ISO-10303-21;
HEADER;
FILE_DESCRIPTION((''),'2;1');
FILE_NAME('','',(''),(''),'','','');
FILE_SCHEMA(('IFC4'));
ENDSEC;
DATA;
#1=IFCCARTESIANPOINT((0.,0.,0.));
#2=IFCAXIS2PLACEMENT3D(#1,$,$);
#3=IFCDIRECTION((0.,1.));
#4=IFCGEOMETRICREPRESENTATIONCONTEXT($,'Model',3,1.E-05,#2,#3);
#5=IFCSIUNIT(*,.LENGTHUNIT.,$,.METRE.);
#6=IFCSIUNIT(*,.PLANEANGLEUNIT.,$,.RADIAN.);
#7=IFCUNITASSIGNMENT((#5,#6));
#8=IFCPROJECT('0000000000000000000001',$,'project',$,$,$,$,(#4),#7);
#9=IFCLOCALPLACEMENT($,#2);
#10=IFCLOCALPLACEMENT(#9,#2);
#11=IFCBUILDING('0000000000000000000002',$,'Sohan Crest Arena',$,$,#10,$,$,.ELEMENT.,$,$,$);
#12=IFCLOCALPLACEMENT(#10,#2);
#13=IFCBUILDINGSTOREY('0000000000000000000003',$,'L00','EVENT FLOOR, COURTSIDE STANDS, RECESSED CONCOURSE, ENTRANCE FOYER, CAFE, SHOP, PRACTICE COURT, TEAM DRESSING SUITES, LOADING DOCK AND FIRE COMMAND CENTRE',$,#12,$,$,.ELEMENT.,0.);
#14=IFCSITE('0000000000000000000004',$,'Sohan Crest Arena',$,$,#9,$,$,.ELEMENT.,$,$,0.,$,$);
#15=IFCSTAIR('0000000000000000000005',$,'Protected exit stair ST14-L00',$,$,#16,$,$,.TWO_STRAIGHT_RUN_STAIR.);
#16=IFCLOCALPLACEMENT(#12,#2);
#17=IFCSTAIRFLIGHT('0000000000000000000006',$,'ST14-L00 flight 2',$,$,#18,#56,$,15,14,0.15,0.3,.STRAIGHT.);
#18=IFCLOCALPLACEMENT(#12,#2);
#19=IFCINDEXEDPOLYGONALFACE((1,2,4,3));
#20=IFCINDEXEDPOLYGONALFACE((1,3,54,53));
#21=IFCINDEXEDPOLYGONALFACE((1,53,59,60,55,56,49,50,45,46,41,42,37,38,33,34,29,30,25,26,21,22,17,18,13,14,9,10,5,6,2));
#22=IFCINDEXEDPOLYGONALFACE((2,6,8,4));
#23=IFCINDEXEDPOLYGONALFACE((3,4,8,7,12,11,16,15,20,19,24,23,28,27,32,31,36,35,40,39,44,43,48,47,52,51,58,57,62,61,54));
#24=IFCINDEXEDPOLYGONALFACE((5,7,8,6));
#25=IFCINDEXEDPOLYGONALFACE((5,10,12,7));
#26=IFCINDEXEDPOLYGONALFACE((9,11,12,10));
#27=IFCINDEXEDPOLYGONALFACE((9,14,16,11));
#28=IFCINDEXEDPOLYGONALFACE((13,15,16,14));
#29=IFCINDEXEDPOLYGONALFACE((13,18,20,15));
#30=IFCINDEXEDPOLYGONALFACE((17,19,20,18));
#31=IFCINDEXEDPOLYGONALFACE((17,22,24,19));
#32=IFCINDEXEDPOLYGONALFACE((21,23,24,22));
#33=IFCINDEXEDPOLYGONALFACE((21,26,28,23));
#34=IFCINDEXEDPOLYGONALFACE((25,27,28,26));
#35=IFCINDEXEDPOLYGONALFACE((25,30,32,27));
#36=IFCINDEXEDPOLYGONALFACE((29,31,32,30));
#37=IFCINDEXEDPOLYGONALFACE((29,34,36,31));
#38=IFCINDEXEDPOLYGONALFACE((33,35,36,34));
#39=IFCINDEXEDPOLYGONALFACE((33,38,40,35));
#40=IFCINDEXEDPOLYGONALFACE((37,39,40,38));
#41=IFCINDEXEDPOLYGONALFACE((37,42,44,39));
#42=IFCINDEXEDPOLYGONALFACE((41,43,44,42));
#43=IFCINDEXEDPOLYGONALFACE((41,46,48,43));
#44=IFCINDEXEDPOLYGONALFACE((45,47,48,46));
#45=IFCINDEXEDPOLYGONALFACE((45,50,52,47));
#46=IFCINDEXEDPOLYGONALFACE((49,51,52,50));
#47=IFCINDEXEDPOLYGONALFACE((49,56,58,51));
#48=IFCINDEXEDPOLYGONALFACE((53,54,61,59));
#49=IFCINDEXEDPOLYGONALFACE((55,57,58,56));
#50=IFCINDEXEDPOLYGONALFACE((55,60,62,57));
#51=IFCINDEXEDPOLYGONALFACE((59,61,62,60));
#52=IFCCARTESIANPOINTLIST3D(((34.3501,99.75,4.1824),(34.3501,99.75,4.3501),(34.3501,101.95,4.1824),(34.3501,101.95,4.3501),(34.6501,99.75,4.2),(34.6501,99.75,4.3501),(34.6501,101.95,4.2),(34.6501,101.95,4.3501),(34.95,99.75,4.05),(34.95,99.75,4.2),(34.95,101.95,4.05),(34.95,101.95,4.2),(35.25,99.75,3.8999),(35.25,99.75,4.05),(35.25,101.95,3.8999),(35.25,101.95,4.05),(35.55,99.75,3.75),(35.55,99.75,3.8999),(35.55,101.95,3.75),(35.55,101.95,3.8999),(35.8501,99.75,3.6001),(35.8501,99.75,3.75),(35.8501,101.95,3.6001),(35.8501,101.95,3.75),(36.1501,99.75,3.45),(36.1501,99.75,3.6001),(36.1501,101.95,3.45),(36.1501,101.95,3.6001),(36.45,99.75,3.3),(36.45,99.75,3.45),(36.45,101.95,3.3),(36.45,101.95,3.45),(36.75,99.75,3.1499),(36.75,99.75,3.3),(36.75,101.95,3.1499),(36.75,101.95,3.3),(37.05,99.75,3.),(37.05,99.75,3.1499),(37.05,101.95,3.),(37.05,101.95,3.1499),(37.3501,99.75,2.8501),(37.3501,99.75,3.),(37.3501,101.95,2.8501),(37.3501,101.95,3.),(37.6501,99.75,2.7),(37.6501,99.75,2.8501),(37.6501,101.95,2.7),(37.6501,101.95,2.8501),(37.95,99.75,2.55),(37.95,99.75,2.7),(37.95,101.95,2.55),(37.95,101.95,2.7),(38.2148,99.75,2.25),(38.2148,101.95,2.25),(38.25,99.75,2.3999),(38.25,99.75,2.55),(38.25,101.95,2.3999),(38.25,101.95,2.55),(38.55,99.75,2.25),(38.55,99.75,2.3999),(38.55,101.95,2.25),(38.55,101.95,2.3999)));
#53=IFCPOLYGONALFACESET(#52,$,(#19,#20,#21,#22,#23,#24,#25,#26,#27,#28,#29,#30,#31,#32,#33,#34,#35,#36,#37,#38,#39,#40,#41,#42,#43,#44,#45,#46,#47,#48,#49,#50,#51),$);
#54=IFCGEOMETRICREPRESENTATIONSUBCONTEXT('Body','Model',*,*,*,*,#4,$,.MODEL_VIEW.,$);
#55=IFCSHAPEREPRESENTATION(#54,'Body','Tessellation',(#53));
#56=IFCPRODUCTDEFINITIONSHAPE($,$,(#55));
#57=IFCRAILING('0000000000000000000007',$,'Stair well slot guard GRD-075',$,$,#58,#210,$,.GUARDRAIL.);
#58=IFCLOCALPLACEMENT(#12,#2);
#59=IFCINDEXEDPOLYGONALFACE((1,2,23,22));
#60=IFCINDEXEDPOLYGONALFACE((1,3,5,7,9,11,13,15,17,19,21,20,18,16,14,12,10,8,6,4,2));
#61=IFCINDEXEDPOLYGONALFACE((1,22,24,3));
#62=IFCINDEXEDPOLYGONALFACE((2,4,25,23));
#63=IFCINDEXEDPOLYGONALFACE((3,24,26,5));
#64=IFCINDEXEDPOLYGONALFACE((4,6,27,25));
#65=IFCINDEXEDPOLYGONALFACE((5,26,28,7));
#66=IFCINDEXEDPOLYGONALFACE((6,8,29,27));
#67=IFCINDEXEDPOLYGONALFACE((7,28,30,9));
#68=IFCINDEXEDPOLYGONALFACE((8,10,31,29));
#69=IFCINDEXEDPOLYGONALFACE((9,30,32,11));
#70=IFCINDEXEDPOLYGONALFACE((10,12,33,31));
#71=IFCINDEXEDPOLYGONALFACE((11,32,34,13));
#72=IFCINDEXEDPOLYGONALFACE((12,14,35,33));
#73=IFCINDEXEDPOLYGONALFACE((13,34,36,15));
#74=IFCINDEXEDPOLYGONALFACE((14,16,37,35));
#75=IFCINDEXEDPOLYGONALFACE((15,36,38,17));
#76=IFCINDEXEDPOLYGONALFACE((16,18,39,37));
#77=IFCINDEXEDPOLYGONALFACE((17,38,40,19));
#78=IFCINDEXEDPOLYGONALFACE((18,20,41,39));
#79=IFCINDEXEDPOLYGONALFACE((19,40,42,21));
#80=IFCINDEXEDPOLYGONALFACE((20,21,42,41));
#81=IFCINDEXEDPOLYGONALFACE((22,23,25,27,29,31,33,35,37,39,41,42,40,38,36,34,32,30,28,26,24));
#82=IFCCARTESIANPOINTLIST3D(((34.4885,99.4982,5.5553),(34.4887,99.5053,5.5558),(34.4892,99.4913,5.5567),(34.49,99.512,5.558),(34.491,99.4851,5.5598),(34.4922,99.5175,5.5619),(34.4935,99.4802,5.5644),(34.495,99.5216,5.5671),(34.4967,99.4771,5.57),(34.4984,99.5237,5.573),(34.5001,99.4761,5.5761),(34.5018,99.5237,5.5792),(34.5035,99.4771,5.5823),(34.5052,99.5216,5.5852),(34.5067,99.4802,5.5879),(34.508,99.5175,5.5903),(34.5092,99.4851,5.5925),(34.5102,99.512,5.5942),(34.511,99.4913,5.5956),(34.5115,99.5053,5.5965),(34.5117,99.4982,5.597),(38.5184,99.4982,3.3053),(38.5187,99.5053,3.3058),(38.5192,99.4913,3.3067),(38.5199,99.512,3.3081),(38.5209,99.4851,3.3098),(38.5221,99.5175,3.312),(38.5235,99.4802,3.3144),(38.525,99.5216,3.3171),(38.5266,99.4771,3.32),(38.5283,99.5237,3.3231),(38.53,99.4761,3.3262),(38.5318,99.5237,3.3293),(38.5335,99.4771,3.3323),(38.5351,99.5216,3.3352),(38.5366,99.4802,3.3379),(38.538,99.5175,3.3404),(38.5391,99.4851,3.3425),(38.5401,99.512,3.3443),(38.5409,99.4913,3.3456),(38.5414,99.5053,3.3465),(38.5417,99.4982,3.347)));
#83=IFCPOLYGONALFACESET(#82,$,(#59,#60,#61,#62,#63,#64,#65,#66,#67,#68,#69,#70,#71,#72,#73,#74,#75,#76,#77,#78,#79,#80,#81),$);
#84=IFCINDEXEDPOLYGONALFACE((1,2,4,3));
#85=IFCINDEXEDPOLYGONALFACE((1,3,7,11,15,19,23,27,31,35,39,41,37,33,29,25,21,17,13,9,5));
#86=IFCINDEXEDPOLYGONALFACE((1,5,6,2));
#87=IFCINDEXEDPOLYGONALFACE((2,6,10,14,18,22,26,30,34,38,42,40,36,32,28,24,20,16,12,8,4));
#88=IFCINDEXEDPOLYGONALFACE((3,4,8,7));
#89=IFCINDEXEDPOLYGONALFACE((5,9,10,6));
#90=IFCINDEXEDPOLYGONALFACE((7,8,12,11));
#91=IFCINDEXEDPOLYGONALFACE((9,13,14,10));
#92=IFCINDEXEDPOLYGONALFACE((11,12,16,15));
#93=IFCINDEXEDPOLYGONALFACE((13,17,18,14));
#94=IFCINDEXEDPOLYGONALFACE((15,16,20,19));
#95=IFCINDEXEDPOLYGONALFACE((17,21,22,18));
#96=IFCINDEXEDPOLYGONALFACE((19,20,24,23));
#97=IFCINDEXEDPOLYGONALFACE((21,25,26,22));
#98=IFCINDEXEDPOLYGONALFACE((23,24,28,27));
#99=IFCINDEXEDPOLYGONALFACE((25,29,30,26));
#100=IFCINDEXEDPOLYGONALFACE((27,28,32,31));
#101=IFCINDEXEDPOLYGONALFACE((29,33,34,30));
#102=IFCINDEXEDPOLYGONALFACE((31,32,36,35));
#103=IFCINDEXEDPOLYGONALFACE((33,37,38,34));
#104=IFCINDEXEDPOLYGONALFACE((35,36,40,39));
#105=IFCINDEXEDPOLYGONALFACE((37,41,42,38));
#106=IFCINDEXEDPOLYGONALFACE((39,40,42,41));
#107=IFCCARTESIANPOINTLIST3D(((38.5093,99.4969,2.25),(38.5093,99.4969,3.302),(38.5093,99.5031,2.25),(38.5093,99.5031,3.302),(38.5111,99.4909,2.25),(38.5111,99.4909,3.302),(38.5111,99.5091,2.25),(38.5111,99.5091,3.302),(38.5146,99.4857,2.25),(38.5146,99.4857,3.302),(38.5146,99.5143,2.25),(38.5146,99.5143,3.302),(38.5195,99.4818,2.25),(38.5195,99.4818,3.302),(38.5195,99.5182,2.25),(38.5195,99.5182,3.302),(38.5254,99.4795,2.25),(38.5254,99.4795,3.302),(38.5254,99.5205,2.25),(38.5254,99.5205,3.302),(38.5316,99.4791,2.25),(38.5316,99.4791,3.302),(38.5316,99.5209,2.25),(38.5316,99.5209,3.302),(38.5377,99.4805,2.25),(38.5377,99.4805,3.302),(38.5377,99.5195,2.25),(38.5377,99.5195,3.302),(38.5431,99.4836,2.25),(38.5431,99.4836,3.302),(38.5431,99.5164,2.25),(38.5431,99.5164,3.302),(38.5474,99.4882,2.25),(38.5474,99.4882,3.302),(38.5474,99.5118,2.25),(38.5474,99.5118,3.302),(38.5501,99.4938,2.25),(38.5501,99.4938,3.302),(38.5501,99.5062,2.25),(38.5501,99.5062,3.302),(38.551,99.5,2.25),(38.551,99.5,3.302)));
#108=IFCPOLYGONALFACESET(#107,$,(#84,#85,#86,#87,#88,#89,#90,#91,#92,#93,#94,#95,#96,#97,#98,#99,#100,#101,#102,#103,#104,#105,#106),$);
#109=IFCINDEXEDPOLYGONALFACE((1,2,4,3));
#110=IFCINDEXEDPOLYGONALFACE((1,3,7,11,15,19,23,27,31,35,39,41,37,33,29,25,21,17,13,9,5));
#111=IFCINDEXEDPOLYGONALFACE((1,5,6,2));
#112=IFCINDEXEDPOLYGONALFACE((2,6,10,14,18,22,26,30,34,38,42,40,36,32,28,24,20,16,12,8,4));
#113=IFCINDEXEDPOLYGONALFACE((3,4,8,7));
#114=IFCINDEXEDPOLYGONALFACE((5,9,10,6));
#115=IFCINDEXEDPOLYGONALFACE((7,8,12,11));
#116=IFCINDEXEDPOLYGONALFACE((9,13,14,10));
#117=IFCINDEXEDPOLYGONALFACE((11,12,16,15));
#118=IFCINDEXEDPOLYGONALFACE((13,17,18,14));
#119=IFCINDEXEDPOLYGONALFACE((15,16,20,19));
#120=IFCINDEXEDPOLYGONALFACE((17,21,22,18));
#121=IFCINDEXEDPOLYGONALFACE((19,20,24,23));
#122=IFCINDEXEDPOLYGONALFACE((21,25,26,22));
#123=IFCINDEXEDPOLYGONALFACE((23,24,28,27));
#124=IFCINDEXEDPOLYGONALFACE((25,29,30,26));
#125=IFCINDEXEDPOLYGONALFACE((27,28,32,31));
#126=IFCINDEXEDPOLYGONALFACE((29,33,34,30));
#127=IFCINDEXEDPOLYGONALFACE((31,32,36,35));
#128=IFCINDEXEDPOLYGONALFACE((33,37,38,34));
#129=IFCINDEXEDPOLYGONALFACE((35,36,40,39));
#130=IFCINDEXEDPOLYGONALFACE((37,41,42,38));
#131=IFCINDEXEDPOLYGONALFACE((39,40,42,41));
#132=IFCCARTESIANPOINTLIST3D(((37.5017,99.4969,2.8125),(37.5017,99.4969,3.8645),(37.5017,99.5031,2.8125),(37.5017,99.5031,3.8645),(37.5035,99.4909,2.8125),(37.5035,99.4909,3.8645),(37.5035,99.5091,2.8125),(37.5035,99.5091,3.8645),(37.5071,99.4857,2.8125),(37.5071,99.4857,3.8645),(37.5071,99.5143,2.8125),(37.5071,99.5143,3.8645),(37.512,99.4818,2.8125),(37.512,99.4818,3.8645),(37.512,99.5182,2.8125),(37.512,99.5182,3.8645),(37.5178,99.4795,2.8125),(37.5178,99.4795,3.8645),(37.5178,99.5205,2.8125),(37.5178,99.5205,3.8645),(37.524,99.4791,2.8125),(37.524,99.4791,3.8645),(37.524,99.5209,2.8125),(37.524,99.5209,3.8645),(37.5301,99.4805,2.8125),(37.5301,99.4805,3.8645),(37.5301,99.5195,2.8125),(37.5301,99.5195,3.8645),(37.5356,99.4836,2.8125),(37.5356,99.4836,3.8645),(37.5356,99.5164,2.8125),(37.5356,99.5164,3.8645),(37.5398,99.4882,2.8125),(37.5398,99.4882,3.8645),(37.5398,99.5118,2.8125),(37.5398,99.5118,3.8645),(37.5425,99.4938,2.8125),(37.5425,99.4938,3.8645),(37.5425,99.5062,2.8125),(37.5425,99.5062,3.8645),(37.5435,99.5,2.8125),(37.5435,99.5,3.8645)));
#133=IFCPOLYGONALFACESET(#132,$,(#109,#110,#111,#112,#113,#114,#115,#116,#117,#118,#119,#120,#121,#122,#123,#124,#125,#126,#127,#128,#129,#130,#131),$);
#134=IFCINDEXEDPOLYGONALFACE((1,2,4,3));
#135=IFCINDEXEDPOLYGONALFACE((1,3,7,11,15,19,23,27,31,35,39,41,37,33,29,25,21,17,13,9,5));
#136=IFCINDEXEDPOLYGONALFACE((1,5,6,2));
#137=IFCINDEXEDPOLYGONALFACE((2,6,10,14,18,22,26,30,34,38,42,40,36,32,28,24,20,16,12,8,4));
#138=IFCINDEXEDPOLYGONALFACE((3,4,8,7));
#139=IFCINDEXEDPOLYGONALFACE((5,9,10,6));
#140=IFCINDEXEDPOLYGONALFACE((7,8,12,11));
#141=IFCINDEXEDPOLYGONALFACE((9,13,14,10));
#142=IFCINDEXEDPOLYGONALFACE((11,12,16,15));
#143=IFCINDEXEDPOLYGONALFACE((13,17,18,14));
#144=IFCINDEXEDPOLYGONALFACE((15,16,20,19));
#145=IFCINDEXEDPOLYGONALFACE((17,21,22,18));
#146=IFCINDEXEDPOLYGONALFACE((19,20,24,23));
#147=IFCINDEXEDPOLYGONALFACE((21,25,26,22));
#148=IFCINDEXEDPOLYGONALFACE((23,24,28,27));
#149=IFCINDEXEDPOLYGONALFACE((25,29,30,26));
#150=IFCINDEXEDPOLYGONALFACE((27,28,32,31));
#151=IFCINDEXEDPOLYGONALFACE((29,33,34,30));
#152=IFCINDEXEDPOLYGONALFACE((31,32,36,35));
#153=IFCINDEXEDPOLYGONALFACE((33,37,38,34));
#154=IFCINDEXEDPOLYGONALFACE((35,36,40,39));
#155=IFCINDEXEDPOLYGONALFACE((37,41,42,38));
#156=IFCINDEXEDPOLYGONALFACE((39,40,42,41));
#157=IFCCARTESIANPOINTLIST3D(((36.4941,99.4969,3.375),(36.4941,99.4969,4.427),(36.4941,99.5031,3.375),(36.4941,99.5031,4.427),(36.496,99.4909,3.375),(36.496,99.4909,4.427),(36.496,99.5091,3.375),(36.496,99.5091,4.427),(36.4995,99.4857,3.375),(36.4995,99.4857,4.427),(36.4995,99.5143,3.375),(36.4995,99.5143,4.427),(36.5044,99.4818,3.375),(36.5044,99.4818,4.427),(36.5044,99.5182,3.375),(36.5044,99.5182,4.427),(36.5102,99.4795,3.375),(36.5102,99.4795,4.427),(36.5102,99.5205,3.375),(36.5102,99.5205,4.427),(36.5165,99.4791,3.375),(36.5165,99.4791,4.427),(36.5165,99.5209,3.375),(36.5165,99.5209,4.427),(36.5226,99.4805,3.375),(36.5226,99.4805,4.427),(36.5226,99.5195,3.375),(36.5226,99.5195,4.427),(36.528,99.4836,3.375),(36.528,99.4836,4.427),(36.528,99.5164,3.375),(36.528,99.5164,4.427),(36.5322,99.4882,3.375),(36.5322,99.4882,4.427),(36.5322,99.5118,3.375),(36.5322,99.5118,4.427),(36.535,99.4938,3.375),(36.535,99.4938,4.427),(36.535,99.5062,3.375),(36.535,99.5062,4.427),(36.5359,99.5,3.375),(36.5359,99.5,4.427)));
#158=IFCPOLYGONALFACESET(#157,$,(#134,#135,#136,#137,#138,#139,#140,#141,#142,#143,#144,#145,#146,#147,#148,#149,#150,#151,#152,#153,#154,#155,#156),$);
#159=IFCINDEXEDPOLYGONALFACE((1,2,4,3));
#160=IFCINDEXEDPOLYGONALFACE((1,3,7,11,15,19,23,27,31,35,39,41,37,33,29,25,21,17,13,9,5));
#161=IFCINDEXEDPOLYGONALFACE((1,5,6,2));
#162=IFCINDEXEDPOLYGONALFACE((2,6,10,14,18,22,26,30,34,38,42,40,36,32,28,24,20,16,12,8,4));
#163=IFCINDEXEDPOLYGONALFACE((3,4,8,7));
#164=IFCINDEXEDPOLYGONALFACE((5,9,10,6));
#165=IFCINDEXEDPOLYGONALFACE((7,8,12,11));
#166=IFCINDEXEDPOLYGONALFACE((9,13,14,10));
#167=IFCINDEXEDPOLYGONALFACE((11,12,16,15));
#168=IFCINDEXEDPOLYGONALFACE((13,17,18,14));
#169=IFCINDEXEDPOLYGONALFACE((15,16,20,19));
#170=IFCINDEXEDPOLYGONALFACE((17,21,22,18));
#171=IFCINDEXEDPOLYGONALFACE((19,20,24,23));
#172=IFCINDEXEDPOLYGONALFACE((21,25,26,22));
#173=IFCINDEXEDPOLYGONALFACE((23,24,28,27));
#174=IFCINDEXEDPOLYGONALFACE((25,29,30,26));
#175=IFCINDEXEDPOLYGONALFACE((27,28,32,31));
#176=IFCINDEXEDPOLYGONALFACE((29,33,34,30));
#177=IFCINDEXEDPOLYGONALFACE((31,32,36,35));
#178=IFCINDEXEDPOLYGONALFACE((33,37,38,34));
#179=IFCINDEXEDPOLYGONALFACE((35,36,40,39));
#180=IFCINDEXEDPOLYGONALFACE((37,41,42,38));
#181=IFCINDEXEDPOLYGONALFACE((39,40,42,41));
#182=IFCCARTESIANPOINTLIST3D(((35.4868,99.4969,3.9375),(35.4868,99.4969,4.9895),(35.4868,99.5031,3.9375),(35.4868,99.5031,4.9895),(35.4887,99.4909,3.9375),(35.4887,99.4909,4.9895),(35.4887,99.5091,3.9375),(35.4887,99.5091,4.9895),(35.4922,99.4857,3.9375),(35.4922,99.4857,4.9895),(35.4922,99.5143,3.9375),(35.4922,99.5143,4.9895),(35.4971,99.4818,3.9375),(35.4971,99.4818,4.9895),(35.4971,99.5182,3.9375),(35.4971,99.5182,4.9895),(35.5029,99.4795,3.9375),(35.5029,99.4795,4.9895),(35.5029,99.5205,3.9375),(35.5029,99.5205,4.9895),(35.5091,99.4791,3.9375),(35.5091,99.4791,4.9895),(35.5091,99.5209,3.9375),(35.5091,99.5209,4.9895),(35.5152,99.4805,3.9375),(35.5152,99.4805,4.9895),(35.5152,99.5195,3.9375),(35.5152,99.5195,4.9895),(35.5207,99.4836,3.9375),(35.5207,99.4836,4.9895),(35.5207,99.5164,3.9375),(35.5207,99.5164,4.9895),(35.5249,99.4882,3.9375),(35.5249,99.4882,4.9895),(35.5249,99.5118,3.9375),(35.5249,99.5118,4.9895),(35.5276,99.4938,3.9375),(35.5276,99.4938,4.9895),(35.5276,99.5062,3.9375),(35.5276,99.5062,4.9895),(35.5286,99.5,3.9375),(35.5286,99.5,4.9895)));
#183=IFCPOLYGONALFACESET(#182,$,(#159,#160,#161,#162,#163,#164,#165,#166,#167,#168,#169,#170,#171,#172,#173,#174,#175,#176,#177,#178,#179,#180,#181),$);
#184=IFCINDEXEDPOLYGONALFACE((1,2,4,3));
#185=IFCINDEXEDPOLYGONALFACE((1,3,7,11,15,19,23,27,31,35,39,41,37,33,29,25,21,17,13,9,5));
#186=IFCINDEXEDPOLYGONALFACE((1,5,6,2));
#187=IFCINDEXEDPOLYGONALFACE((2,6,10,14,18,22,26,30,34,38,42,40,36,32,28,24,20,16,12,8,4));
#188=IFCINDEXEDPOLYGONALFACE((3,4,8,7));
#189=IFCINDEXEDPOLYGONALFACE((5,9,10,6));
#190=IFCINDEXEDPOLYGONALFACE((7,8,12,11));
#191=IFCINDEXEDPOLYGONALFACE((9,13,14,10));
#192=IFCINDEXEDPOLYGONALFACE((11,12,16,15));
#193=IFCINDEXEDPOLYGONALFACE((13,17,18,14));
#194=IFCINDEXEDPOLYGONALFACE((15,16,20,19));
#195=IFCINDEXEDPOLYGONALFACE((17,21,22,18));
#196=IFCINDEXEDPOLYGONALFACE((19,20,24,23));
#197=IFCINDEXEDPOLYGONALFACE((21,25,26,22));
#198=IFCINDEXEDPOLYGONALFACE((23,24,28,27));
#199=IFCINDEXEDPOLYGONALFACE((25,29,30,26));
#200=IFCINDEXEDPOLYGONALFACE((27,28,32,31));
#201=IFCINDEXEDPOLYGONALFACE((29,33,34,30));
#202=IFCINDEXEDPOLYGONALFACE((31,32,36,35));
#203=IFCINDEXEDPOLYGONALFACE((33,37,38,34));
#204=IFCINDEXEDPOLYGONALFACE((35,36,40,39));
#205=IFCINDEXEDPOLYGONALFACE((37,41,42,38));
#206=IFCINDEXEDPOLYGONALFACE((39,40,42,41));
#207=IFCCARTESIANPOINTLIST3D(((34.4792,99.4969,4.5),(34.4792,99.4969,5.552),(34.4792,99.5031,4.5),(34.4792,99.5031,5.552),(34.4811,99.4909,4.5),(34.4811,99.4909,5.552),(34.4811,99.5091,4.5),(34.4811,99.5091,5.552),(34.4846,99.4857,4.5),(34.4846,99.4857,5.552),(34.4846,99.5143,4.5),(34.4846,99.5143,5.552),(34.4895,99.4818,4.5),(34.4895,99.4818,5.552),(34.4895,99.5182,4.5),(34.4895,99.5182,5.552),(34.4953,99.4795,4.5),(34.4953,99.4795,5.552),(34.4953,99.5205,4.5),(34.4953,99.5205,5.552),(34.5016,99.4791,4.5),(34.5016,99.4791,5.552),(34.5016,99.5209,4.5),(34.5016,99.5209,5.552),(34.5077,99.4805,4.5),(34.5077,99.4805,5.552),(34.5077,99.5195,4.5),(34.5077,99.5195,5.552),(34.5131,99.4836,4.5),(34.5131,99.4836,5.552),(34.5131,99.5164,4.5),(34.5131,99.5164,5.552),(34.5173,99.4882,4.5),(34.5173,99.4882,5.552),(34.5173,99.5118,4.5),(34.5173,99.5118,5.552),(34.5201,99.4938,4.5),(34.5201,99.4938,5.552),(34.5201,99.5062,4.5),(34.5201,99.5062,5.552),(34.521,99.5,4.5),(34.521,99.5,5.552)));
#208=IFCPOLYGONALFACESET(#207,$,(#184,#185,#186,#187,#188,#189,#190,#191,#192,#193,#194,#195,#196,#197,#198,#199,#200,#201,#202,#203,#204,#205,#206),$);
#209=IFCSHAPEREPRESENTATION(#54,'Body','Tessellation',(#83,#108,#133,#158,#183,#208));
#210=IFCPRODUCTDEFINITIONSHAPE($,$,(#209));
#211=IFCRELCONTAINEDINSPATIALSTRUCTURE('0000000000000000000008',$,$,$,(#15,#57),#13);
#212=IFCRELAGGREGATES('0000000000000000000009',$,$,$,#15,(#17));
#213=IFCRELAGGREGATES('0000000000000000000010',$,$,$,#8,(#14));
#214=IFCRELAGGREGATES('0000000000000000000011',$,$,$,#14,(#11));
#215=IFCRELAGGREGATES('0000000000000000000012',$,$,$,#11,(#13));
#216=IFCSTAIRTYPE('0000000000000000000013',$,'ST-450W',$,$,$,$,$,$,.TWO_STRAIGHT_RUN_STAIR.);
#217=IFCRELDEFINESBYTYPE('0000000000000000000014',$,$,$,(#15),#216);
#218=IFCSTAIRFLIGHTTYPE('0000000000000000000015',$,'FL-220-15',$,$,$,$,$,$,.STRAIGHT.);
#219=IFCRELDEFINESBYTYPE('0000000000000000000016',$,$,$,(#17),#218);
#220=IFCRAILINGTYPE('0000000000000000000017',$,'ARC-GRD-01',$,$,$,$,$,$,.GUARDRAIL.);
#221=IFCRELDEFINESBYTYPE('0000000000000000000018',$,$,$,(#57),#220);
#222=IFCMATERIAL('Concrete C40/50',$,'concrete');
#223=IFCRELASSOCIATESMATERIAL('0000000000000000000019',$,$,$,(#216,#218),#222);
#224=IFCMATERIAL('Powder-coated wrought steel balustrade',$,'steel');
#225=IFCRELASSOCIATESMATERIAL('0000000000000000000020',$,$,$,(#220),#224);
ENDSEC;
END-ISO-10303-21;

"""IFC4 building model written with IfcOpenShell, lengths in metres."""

from ifc_helpers import new_model, si_unit, direction, frame, origin, origin_2d, place, context, subcontext, project, spatial, polyline, circle, outline, extrude, material, type_object, element, aggregate, save


model = new_model("IFC4")

# Units and contexts
model_context = context("Model", 3, precision=1e-05, world=origin(), true_north=direction((0.0, 1.0)))
body_context = subcontext(model_context, "Body", "Model", "MODEL_VIEW")
ifc_project = project(units=[si_unit("LENGTHUNIT", "METRE"), si_unit("PLANEANGLEUNIT", "RADIAN")], contexts=[model_context])

# Site, building, storey
site_placement = place(None, origin())
site = spatial("IfcSite", under=ifc_project, at=site_placement, Name="Sohan Crest Arena", CompositionType="ELEMENT", RefElevation=0.0)
building_placement = place(site_placement, origin())
building = spatial("IfcBuilding", under=site, at=building_placement, Name="Sohan Crest Arena", CompositionType="ELEMENT")
storey_placement = place(building_placement, origin())
storey = spatial("IfcBuildingStorey", under=building, at=storey_placement, Name="L00", Description="EVENT FLOOR, COURTSIDE STANDS, RECESSED CONCOURSE, ENTRANCE FOYER, CAFE, SHOP, PRACTICE COURT, TEAM DRESSING SUITES, LOADING DOCK AND FIRE COMMAND CENTRE", CompositionType="ELEMENT", Elevation=0.0)

# Shared definitions
ifc_material_1 = material(Name="Concrete C40/50", Category="concrete")

# Stair, stair flight
stair_type = type_object("IfcStairType", Name="ST-450W", PredefinedType="TWO_STRAIGHT_RUN_STAIR", material=ifc_material_1)
stair_placement = place(storey_placement, origin())
stair = element("IfcStair", 1, at=stair_placement, inside=storey, type_object=stair_type, Name="Protected exit stair ST14-L00", PredefinedType="TWO_STRAIGHT_RUN_STAIR")
stair_flight_type = type_object("IfcStairFlightType", Name="FL-220-15", PredefinedType="STRAIGHT", material=ifc_material_1)
stair_flight_1_placement = place(storey_placement, frame((38.55, 100.8501, 2.25), z_axis=(0.0, 0.0, 1.0), x_axis=(-1.0, 0.0, 0.0)))
stair_flight_1 = element("IfcStairFlight", 2, at=stair_flight_1_placement, type_object=stair_flight_type, Name="ST14-L00 flight 2", NumberOfRisers=15, NumberOfTreads=14, PredefinedType="STRAIGHT", RiserHeight=0.15, TreadLength=0.3, context=body_context, shape_type="SweptSolid", body=[
    extrude(outline(polyline([(0.0, 0.0), (0.0, 0.1499), (0.3, 0.1499), (0.3, 0.3), (0.6001, 0.3), (0.6001, 0.45), (0.8999, 0.45), (0.8999, 0.6001), (1.2, 0.6001), (1.2, 0.75), (1.5, 0.75), (1.5, 0.8999), (1.8, 0.8999), (1.8, 1.05), (2.1001, 1.05), (2.1001, 1.2), (2.3999, 1.2), (2.3999, 1.3501), (2.7, 1.3501), (2.7, 1.5), (3.0, 1.5), (3.0, 1.6499), (3.3, 1.6499), (3.3, 1.8), (3.6001, 1.8), (3.6001, 1.95), (3.8999, 1.95), (3.8999, 2.1001), (4.2, 2.1001), (4.2, 2.25), (4.2, 1.9324), (0.3352, 0.0), (0.0, 0.0)])), frame((0.0, 1.1001, 0.0), z_axis=(0.0, -1.0, 0.0), x_axis=(1.0, 0.0, 0.0)), (0.0, 0.0, 1.0), 2.2),
])
aggregate(stair, [stair_flight_1])

# Railing
ifc_material_2 = material(Name="Powder-coated wrought steel balustrade", Category="steel")
railing_type_1 = type_object("IfcRailingType", Name="ARC-GRD-01", PredefinedType="GUARDRAIL", material=ifc_material_2)
railing_1_placement = place(storey_placement, frame((38.53, 99.5, 2.25)))
element("IfcRailing", 3, at=railing_1_placement, inside=storey, type_object=railing_type_1, Name="Stair well slot guard GRD-075", PredefinedType="GUARDRAIL", context=body_context, shape_type="SweptSolid", body=[
    extrude(circle(Radius=0.0239, at=origin_2d()), frame((0.0, 0.0, 1.0762), z_axis=(-0.873135, 0.0, 0.487479), x_axis=(0.0, -1.0, 0.0)), (0.0, 0.0, 1.0), 4.6155),
    extrude(circle(Radius=0.021, at=origin_2d()), origin(), (0.0, 0.0, 1.0), 1.052),
    extrude(circle(Radius=0.021, at=origin_2d()), frame((-1.0076, 0.0, 0.5625)), (0.0, 0.0, 1.0), 1.052),
    extrude(circle(Radius=0.021, at=origin_2d()), frame((-2.0151, 0.0, 1.125)), (0.0, 0.0, 1.0), 1.052),
    extrude(circle(Radius=0.021, at=origin_2d()), frame((-3.0225, 0.0, 1.6875)), (0.0, 0.0, 1.0), 1.052),
    extrude(circle(Radius=0.021, at=origin_2d()), frame((-4.03, 0.0, 2.25)), (0.0, 0.0, 1.0), 1.052),
])

save(model, "model.ifc")
